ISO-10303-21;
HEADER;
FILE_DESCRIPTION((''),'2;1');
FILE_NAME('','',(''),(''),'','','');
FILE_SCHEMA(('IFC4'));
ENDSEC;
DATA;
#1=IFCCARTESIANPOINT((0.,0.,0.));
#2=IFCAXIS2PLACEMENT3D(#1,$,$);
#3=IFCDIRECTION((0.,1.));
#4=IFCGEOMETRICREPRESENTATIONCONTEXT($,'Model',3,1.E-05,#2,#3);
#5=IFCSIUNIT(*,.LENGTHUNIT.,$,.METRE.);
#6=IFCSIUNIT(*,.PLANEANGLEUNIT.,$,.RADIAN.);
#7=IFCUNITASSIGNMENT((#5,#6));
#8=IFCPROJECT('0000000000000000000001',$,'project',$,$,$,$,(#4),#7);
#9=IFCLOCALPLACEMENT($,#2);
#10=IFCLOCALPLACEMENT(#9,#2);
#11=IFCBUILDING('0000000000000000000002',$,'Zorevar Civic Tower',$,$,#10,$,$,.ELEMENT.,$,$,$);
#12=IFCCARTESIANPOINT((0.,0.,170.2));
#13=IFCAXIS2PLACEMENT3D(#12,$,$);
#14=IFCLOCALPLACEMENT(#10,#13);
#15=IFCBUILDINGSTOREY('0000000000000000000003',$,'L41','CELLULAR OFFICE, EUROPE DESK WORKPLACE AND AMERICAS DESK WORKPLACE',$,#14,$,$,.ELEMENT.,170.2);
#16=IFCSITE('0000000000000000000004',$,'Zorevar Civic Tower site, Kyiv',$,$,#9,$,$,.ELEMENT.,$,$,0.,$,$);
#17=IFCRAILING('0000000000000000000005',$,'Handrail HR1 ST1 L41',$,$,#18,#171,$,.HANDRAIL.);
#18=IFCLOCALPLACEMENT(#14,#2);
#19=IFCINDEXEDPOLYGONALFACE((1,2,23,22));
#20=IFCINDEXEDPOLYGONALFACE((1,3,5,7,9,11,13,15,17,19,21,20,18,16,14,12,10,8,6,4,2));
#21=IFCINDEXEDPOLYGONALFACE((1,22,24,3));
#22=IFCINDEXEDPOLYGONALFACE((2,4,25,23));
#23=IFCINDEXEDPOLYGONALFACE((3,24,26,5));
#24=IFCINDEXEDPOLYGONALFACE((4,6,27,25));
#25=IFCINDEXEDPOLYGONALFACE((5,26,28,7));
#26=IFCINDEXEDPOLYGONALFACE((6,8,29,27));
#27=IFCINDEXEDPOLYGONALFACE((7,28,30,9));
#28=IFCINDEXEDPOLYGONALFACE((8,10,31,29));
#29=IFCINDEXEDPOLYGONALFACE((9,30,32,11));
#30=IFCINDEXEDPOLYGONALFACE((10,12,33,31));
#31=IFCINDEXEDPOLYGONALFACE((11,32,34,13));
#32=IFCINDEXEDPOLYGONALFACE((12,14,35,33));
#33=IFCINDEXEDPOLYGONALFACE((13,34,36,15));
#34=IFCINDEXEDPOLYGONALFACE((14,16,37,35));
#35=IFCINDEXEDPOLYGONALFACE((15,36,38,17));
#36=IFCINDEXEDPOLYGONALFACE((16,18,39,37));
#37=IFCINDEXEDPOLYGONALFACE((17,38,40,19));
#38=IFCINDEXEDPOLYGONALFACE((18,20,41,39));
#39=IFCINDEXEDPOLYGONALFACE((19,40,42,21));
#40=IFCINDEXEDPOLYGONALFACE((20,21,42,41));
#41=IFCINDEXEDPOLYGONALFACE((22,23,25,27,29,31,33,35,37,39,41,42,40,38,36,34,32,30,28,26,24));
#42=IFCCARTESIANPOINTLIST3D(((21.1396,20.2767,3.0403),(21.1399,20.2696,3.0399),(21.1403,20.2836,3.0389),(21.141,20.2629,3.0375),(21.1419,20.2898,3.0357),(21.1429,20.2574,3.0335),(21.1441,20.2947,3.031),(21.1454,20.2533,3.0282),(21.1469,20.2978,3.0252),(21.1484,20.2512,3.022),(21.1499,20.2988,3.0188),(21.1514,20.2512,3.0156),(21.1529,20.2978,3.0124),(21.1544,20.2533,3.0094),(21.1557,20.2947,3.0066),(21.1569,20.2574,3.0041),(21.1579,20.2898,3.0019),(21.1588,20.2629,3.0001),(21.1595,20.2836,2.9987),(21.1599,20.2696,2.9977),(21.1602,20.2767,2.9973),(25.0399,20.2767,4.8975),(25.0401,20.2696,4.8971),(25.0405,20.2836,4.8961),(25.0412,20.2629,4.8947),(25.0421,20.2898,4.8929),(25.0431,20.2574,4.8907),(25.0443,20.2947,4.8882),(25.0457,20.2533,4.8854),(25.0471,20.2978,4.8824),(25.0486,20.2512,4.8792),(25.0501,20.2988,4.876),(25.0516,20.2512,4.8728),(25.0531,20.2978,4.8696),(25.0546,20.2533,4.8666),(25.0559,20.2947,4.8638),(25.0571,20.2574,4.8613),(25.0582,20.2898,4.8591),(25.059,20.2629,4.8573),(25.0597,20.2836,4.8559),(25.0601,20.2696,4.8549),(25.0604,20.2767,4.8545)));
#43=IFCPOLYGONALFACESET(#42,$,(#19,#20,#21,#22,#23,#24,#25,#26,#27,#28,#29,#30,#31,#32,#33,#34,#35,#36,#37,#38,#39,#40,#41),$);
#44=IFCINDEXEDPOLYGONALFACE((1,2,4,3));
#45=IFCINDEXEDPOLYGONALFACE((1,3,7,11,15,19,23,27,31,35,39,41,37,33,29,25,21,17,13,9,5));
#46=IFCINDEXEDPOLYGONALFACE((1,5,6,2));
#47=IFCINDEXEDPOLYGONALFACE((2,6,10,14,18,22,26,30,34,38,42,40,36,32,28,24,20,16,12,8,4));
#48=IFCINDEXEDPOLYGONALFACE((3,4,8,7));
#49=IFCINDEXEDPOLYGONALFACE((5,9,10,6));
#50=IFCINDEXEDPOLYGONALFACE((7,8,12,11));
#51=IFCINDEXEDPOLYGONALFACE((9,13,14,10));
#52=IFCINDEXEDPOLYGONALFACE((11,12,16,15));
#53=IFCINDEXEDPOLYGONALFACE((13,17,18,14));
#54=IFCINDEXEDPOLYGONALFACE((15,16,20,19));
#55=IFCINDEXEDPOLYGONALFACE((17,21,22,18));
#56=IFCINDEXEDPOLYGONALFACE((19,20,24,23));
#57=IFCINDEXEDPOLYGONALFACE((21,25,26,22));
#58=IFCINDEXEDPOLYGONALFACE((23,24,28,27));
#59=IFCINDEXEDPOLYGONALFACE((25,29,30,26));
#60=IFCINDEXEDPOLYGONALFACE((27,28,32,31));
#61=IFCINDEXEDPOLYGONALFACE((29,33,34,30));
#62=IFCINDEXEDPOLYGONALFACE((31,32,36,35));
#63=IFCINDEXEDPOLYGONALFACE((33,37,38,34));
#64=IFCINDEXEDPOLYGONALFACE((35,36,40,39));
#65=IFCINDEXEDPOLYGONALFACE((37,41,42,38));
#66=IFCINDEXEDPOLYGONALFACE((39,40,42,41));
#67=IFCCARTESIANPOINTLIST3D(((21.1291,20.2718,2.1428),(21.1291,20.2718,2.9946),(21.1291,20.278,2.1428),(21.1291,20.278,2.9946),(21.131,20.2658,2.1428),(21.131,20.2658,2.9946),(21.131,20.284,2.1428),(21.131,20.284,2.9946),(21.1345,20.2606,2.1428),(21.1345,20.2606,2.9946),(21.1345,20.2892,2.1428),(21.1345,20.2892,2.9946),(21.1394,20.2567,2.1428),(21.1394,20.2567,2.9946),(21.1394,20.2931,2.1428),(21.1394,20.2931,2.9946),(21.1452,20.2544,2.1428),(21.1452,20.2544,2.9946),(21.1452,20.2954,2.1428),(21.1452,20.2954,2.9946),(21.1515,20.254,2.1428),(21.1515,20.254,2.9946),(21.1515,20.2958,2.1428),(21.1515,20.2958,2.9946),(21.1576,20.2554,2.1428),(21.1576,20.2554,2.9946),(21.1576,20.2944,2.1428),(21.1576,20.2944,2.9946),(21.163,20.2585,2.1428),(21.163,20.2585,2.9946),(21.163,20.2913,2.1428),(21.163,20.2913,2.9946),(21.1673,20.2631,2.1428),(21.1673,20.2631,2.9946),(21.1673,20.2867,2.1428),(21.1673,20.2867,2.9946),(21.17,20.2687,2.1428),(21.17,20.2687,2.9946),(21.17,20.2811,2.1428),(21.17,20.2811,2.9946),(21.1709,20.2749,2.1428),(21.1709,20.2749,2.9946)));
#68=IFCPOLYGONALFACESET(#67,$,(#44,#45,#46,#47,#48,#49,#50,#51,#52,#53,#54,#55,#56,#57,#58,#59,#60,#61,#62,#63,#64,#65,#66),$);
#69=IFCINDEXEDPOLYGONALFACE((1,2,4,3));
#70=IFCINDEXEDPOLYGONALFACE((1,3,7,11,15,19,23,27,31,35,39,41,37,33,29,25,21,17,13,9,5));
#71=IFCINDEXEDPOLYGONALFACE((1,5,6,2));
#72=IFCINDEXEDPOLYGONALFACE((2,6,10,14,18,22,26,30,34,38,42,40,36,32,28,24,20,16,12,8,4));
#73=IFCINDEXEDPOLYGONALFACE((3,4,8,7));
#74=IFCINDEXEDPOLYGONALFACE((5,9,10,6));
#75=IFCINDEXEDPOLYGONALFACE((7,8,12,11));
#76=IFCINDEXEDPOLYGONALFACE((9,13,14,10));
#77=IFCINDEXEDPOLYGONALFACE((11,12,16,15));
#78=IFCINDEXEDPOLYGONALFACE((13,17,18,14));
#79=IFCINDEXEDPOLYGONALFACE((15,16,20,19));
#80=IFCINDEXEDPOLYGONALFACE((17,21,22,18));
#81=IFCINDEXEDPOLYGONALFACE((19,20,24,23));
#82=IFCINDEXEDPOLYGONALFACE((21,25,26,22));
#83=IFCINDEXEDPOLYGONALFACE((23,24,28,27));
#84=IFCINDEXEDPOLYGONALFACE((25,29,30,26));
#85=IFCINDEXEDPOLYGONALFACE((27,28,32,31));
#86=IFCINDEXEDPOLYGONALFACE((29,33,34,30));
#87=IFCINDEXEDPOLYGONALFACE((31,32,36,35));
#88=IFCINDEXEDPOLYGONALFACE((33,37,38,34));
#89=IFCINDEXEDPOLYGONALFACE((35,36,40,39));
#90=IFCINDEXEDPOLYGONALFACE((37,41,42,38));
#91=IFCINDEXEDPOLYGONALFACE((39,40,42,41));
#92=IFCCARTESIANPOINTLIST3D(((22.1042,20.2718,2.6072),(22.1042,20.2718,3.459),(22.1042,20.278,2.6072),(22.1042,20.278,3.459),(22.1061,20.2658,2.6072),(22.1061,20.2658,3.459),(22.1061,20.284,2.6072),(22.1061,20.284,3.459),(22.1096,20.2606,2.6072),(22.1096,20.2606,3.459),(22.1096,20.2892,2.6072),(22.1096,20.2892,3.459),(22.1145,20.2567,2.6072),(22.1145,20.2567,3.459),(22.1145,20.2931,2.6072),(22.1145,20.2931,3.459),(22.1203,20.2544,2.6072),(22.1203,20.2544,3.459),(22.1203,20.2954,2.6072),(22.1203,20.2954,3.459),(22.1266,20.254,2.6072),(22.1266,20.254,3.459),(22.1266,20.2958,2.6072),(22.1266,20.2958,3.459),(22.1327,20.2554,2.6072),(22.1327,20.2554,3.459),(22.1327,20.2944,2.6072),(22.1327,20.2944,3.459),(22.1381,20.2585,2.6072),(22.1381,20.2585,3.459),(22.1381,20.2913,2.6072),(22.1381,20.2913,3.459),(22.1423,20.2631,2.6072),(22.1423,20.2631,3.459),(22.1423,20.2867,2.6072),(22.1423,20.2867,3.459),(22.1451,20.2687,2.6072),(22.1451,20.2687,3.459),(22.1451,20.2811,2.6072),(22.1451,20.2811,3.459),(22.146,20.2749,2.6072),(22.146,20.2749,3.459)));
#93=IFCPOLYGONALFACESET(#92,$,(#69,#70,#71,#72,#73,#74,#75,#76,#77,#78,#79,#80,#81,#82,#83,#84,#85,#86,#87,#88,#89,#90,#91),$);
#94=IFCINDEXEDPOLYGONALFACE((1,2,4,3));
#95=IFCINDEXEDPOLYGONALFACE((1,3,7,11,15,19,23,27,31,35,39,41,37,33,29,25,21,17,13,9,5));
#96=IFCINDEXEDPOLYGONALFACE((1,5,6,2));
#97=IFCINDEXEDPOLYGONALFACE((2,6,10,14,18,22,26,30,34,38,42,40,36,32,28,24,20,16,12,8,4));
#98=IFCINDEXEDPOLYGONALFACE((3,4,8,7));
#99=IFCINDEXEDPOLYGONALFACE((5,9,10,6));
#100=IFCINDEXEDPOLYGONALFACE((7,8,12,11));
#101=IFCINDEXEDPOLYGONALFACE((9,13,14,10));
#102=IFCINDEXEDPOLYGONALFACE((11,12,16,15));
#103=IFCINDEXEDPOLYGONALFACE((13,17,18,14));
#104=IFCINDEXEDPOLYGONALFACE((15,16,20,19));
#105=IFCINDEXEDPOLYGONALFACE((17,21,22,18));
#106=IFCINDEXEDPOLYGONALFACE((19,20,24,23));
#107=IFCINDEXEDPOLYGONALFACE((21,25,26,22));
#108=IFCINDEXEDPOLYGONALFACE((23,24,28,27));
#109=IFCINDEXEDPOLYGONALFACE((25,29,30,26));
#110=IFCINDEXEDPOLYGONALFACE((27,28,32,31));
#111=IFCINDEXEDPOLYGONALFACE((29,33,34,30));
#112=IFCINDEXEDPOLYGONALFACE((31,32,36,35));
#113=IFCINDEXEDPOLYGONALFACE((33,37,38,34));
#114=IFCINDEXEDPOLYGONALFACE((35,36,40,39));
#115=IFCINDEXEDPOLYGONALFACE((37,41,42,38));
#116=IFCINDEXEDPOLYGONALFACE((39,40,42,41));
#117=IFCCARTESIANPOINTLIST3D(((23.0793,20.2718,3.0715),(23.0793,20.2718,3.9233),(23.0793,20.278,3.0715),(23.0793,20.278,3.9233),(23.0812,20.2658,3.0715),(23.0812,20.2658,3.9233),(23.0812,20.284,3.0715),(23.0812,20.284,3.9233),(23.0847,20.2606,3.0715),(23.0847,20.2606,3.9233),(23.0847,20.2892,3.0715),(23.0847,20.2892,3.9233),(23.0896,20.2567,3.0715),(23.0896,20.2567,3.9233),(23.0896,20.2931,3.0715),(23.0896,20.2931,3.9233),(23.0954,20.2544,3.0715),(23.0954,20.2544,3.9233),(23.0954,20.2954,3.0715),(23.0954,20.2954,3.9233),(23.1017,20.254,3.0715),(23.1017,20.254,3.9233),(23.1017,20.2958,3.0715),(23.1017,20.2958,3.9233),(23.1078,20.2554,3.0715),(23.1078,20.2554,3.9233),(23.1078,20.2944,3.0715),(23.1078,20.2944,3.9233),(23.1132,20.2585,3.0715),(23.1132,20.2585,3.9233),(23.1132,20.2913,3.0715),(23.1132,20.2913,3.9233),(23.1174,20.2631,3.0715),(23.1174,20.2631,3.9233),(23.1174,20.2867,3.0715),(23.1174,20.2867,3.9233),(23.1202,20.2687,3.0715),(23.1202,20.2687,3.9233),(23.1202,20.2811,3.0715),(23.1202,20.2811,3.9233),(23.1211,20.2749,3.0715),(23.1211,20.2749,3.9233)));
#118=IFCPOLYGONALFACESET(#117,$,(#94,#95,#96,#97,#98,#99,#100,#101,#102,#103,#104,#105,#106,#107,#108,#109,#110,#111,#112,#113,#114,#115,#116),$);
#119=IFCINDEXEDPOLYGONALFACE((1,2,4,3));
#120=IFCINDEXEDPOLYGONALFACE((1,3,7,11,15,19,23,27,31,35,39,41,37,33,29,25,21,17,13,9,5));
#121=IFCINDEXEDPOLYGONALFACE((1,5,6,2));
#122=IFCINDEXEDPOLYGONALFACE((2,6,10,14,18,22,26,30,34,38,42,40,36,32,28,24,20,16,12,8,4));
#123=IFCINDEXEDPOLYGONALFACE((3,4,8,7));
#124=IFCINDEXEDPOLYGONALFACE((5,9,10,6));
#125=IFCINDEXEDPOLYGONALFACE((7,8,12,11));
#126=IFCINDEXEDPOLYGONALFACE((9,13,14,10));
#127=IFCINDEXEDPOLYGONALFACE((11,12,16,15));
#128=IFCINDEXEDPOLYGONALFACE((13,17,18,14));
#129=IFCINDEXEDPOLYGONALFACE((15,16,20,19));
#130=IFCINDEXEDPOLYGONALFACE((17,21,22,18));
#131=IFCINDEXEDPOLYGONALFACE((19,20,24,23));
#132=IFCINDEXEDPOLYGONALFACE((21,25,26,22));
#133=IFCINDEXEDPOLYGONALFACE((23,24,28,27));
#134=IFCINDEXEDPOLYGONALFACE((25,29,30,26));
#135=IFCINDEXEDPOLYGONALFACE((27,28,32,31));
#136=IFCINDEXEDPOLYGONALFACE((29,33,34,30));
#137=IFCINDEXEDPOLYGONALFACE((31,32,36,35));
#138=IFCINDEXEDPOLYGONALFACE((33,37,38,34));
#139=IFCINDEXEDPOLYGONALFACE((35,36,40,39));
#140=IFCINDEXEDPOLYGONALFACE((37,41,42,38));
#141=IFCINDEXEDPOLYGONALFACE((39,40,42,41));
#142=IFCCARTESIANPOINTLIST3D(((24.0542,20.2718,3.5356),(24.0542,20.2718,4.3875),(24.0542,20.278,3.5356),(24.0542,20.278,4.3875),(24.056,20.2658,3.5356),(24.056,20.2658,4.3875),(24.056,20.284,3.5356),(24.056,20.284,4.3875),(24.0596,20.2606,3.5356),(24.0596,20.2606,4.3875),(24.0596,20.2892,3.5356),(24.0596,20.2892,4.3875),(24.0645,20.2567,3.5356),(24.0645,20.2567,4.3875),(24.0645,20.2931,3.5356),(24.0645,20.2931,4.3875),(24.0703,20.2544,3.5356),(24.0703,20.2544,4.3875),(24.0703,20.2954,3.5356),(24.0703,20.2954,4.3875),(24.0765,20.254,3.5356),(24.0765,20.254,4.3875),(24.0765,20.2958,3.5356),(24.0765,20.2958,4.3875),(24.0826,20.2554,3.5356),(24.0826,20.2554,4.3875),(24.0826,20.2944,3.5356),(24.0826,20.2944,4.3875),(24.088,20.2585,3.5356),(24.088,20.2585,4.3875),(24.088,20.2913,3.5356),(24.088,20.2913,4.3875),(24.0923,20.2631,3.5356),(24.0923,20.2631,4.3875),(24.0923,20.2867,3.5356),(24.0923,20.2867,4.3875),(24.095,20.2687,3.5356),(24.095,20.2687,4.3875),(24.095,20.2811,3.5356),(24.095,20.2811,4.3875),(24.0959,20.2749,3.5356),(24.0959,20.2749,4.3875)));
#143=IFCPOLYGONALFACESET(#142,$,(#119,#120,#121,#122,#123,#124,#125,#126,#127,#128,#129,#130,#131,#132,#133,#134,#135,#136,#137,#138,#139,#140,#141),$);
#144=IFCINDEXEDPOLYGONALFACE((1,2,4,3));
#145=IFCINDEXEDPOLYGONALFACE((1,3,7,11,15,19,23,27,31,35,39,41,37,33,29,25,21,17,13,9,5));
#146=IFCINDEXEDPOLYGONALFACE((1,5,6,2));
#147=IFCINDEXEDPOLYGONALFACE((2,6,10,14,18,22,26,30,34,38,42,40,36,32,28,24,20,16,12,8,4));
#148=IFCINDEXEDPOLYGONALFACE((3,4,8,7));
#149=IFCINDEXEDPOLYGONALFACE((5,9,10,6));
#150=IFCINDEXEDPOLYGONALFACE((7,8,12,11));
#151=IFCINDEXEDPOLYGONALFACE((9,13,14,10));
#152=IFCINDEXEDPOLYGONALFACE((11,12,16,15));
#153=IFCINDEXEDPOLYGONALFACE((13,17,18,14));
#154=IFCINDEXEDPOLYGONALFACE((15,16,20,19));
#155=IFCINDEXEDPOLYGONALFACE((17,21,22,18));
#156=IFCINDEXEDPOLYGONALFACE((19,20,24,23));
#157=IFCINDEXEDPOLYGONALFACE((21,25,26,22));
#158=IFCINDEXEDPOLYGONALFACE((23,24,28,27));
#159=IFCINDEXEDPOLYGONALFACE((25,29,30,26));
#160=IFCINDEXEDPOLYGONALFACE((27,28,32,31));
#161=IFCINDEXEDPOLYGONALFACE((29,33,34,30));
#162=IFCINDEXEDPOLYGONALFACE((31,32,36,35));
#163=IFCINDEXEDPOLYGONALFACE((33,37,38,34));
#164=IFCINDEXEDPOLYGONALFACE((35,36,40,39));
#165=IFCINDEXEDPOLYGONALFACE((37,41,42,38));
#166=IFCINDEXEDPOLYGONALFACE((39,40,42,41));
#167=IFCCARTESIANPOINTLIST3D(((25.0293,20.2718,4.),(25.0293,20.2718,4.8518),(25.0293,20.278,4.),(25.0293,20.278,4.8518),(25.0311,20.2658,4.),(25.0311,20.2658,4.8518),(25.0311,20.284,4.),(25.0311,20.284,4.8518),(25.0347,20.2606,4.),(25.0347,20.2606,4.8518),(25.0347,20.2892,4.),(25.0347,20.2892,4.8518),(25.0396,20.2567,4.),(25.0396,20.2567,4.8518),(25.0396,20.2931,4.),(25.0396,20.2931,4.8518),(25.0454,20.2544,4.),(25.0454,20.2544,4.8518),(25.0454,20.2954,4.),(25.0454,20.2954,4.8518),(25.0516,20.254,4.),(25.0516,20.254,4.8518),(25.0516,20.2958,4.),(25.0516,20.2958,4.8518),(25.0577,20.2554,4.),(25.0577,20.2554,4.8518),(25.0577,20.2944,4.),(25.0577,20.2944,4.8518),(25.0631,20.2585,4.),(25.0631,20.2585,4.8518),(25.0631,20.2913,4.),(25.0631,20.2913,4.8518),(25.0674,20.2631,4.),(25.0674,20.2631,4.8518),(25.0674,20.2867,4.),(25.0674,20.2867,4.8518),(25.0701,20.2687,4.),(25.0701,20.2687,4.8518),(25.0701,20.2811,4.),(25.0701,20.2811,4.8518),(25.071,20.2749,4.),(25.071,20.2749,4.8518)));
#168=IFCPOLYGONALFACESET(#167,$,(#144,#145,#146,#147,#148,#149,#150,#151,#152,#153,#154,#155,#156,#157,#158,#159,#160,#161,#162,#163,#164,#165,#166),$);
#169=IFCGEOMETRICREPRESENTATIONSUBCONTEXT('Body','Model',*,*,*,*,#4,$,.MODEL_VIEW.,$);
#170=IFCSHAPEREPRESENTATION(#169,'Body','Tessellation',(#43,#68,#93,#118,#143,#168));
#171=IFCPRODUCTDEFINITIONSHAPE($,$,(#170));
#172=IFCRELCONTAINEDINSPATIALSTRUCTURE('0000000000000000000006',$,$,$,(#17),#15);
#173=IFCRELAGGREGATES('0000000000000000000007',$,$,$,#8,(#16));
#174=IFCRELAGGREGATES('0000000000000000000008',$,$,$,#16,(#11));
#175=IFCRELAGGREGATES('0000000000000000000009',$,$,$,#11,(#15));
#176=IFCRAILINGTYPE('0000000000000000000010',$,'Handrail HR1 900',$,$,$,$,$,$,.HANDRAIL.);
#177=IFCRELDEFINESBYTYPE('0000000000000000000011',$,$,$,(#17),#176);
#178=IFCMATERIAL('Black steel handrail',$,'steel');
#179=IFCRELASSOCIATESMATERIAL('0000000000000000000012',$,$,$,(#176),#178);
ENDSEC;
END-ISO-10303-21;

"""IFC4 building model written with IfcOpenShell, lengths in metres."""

from ifc_helpers import new_model, si_unit, direction, frame, origin, origin_2d, place, context, subcontext, project, spatial, circle, extrude, material, type_object, element, save


model = new_model("IFC4")

# Units and contexts
model_context = context("Model", 3, precision=1e-05, world=origin(), true_north=direction((0.0, 1.0)))
body_context = subcontext(model_context, "Body", "Model", "MODEL_VIEW")
ifc_project = project(units=[si_unit("LENGTHUNIT", "METRE"), si_unit("PLANEANGLEUNIT", "RADIAN")], contexts=[model_context])

# Site, building, storey
site_placement = place(None, origin())
site = spatial("IfcSite", under=ifc_project, at=site_placement, Name="Zorevar Civic Tower site, Kyiv", CompositionType="ELEMENT", RefElevation=0.0)
building_placement = place(site_placement, origin())
building = spatial("IfcBuilding", under=site, at=building_placement, Name="Zorevar Civic Tower", CompositionType="ELEMENT")
storey_placement = place(building_placement, frame((0.0, 0.0, 170.2)))
storey = spatial("IfcBuildingStorey", under=building, at=storey_placement, Name="L41", Description="CELLULAR OFFICE, EUROPE DESK WORKPLACE AND AMERICAS DESK WORKPLACE", CompositionType="ELEMENT", Elevation=170.2)

# Railing
ifc_material_1 = material(Name="Black steel handrail", Category="steel")
railing_type = type_object("IfcRailingType", Name="Handrail HR1 900", PredefinedType="HANDRAIL", material=ifc_material_1)
railing_1_placement = place(storey_placement, frame((21.1499, 20.2749, 2.1428)))
element("IfcRailing", 1, at=railing_1_placement, inside=storey, type_object=railing_type, Name="Handrail HR1 ST1 L41", PredefinedType="HANDRAIL", context=body_context, shape_type="SweptSolid", body=[
    extrude(circle(Radius=0.0239, at=origin_2d()), frame((0.0, 0.0, 0.876), z_axis=(0.902864, 0.0, 0.429927), x_axis=(0.0, 1.0, 0.0)), (0.0, 0.0, 1.0), 4.3198),
    extrude(circle(Radius=0.021, at=origin_2d()), origin(), (0.0, 0.0, 1.0), 0.8518),
    extrude(circle(Radius=0.021, at=origin_2d()), frame((0.9751, 0.0, 0.4644)), (0.0, 0.0, 1.0), 0.8518),
    extrude(circle(Radius=0.021, at=origin_2d()), frame((1.9502, 0.0, 0.9287)), (0.0, 0.0, 1.0), 0.8518),
    extrude(circle(Radius=0.021, at=origin_2d()), frame((2.925, 0.0, 1.3928)), (0.0, 0.0, 1.0), 0.8518),
    extrude(circle(Radius=0.021, at=origin_2d()), frame((3.9001, 0.0, 1.8572)), (0.0, 0.0, 1.0), 0.8518),
])

save(model, "model.ifc")
